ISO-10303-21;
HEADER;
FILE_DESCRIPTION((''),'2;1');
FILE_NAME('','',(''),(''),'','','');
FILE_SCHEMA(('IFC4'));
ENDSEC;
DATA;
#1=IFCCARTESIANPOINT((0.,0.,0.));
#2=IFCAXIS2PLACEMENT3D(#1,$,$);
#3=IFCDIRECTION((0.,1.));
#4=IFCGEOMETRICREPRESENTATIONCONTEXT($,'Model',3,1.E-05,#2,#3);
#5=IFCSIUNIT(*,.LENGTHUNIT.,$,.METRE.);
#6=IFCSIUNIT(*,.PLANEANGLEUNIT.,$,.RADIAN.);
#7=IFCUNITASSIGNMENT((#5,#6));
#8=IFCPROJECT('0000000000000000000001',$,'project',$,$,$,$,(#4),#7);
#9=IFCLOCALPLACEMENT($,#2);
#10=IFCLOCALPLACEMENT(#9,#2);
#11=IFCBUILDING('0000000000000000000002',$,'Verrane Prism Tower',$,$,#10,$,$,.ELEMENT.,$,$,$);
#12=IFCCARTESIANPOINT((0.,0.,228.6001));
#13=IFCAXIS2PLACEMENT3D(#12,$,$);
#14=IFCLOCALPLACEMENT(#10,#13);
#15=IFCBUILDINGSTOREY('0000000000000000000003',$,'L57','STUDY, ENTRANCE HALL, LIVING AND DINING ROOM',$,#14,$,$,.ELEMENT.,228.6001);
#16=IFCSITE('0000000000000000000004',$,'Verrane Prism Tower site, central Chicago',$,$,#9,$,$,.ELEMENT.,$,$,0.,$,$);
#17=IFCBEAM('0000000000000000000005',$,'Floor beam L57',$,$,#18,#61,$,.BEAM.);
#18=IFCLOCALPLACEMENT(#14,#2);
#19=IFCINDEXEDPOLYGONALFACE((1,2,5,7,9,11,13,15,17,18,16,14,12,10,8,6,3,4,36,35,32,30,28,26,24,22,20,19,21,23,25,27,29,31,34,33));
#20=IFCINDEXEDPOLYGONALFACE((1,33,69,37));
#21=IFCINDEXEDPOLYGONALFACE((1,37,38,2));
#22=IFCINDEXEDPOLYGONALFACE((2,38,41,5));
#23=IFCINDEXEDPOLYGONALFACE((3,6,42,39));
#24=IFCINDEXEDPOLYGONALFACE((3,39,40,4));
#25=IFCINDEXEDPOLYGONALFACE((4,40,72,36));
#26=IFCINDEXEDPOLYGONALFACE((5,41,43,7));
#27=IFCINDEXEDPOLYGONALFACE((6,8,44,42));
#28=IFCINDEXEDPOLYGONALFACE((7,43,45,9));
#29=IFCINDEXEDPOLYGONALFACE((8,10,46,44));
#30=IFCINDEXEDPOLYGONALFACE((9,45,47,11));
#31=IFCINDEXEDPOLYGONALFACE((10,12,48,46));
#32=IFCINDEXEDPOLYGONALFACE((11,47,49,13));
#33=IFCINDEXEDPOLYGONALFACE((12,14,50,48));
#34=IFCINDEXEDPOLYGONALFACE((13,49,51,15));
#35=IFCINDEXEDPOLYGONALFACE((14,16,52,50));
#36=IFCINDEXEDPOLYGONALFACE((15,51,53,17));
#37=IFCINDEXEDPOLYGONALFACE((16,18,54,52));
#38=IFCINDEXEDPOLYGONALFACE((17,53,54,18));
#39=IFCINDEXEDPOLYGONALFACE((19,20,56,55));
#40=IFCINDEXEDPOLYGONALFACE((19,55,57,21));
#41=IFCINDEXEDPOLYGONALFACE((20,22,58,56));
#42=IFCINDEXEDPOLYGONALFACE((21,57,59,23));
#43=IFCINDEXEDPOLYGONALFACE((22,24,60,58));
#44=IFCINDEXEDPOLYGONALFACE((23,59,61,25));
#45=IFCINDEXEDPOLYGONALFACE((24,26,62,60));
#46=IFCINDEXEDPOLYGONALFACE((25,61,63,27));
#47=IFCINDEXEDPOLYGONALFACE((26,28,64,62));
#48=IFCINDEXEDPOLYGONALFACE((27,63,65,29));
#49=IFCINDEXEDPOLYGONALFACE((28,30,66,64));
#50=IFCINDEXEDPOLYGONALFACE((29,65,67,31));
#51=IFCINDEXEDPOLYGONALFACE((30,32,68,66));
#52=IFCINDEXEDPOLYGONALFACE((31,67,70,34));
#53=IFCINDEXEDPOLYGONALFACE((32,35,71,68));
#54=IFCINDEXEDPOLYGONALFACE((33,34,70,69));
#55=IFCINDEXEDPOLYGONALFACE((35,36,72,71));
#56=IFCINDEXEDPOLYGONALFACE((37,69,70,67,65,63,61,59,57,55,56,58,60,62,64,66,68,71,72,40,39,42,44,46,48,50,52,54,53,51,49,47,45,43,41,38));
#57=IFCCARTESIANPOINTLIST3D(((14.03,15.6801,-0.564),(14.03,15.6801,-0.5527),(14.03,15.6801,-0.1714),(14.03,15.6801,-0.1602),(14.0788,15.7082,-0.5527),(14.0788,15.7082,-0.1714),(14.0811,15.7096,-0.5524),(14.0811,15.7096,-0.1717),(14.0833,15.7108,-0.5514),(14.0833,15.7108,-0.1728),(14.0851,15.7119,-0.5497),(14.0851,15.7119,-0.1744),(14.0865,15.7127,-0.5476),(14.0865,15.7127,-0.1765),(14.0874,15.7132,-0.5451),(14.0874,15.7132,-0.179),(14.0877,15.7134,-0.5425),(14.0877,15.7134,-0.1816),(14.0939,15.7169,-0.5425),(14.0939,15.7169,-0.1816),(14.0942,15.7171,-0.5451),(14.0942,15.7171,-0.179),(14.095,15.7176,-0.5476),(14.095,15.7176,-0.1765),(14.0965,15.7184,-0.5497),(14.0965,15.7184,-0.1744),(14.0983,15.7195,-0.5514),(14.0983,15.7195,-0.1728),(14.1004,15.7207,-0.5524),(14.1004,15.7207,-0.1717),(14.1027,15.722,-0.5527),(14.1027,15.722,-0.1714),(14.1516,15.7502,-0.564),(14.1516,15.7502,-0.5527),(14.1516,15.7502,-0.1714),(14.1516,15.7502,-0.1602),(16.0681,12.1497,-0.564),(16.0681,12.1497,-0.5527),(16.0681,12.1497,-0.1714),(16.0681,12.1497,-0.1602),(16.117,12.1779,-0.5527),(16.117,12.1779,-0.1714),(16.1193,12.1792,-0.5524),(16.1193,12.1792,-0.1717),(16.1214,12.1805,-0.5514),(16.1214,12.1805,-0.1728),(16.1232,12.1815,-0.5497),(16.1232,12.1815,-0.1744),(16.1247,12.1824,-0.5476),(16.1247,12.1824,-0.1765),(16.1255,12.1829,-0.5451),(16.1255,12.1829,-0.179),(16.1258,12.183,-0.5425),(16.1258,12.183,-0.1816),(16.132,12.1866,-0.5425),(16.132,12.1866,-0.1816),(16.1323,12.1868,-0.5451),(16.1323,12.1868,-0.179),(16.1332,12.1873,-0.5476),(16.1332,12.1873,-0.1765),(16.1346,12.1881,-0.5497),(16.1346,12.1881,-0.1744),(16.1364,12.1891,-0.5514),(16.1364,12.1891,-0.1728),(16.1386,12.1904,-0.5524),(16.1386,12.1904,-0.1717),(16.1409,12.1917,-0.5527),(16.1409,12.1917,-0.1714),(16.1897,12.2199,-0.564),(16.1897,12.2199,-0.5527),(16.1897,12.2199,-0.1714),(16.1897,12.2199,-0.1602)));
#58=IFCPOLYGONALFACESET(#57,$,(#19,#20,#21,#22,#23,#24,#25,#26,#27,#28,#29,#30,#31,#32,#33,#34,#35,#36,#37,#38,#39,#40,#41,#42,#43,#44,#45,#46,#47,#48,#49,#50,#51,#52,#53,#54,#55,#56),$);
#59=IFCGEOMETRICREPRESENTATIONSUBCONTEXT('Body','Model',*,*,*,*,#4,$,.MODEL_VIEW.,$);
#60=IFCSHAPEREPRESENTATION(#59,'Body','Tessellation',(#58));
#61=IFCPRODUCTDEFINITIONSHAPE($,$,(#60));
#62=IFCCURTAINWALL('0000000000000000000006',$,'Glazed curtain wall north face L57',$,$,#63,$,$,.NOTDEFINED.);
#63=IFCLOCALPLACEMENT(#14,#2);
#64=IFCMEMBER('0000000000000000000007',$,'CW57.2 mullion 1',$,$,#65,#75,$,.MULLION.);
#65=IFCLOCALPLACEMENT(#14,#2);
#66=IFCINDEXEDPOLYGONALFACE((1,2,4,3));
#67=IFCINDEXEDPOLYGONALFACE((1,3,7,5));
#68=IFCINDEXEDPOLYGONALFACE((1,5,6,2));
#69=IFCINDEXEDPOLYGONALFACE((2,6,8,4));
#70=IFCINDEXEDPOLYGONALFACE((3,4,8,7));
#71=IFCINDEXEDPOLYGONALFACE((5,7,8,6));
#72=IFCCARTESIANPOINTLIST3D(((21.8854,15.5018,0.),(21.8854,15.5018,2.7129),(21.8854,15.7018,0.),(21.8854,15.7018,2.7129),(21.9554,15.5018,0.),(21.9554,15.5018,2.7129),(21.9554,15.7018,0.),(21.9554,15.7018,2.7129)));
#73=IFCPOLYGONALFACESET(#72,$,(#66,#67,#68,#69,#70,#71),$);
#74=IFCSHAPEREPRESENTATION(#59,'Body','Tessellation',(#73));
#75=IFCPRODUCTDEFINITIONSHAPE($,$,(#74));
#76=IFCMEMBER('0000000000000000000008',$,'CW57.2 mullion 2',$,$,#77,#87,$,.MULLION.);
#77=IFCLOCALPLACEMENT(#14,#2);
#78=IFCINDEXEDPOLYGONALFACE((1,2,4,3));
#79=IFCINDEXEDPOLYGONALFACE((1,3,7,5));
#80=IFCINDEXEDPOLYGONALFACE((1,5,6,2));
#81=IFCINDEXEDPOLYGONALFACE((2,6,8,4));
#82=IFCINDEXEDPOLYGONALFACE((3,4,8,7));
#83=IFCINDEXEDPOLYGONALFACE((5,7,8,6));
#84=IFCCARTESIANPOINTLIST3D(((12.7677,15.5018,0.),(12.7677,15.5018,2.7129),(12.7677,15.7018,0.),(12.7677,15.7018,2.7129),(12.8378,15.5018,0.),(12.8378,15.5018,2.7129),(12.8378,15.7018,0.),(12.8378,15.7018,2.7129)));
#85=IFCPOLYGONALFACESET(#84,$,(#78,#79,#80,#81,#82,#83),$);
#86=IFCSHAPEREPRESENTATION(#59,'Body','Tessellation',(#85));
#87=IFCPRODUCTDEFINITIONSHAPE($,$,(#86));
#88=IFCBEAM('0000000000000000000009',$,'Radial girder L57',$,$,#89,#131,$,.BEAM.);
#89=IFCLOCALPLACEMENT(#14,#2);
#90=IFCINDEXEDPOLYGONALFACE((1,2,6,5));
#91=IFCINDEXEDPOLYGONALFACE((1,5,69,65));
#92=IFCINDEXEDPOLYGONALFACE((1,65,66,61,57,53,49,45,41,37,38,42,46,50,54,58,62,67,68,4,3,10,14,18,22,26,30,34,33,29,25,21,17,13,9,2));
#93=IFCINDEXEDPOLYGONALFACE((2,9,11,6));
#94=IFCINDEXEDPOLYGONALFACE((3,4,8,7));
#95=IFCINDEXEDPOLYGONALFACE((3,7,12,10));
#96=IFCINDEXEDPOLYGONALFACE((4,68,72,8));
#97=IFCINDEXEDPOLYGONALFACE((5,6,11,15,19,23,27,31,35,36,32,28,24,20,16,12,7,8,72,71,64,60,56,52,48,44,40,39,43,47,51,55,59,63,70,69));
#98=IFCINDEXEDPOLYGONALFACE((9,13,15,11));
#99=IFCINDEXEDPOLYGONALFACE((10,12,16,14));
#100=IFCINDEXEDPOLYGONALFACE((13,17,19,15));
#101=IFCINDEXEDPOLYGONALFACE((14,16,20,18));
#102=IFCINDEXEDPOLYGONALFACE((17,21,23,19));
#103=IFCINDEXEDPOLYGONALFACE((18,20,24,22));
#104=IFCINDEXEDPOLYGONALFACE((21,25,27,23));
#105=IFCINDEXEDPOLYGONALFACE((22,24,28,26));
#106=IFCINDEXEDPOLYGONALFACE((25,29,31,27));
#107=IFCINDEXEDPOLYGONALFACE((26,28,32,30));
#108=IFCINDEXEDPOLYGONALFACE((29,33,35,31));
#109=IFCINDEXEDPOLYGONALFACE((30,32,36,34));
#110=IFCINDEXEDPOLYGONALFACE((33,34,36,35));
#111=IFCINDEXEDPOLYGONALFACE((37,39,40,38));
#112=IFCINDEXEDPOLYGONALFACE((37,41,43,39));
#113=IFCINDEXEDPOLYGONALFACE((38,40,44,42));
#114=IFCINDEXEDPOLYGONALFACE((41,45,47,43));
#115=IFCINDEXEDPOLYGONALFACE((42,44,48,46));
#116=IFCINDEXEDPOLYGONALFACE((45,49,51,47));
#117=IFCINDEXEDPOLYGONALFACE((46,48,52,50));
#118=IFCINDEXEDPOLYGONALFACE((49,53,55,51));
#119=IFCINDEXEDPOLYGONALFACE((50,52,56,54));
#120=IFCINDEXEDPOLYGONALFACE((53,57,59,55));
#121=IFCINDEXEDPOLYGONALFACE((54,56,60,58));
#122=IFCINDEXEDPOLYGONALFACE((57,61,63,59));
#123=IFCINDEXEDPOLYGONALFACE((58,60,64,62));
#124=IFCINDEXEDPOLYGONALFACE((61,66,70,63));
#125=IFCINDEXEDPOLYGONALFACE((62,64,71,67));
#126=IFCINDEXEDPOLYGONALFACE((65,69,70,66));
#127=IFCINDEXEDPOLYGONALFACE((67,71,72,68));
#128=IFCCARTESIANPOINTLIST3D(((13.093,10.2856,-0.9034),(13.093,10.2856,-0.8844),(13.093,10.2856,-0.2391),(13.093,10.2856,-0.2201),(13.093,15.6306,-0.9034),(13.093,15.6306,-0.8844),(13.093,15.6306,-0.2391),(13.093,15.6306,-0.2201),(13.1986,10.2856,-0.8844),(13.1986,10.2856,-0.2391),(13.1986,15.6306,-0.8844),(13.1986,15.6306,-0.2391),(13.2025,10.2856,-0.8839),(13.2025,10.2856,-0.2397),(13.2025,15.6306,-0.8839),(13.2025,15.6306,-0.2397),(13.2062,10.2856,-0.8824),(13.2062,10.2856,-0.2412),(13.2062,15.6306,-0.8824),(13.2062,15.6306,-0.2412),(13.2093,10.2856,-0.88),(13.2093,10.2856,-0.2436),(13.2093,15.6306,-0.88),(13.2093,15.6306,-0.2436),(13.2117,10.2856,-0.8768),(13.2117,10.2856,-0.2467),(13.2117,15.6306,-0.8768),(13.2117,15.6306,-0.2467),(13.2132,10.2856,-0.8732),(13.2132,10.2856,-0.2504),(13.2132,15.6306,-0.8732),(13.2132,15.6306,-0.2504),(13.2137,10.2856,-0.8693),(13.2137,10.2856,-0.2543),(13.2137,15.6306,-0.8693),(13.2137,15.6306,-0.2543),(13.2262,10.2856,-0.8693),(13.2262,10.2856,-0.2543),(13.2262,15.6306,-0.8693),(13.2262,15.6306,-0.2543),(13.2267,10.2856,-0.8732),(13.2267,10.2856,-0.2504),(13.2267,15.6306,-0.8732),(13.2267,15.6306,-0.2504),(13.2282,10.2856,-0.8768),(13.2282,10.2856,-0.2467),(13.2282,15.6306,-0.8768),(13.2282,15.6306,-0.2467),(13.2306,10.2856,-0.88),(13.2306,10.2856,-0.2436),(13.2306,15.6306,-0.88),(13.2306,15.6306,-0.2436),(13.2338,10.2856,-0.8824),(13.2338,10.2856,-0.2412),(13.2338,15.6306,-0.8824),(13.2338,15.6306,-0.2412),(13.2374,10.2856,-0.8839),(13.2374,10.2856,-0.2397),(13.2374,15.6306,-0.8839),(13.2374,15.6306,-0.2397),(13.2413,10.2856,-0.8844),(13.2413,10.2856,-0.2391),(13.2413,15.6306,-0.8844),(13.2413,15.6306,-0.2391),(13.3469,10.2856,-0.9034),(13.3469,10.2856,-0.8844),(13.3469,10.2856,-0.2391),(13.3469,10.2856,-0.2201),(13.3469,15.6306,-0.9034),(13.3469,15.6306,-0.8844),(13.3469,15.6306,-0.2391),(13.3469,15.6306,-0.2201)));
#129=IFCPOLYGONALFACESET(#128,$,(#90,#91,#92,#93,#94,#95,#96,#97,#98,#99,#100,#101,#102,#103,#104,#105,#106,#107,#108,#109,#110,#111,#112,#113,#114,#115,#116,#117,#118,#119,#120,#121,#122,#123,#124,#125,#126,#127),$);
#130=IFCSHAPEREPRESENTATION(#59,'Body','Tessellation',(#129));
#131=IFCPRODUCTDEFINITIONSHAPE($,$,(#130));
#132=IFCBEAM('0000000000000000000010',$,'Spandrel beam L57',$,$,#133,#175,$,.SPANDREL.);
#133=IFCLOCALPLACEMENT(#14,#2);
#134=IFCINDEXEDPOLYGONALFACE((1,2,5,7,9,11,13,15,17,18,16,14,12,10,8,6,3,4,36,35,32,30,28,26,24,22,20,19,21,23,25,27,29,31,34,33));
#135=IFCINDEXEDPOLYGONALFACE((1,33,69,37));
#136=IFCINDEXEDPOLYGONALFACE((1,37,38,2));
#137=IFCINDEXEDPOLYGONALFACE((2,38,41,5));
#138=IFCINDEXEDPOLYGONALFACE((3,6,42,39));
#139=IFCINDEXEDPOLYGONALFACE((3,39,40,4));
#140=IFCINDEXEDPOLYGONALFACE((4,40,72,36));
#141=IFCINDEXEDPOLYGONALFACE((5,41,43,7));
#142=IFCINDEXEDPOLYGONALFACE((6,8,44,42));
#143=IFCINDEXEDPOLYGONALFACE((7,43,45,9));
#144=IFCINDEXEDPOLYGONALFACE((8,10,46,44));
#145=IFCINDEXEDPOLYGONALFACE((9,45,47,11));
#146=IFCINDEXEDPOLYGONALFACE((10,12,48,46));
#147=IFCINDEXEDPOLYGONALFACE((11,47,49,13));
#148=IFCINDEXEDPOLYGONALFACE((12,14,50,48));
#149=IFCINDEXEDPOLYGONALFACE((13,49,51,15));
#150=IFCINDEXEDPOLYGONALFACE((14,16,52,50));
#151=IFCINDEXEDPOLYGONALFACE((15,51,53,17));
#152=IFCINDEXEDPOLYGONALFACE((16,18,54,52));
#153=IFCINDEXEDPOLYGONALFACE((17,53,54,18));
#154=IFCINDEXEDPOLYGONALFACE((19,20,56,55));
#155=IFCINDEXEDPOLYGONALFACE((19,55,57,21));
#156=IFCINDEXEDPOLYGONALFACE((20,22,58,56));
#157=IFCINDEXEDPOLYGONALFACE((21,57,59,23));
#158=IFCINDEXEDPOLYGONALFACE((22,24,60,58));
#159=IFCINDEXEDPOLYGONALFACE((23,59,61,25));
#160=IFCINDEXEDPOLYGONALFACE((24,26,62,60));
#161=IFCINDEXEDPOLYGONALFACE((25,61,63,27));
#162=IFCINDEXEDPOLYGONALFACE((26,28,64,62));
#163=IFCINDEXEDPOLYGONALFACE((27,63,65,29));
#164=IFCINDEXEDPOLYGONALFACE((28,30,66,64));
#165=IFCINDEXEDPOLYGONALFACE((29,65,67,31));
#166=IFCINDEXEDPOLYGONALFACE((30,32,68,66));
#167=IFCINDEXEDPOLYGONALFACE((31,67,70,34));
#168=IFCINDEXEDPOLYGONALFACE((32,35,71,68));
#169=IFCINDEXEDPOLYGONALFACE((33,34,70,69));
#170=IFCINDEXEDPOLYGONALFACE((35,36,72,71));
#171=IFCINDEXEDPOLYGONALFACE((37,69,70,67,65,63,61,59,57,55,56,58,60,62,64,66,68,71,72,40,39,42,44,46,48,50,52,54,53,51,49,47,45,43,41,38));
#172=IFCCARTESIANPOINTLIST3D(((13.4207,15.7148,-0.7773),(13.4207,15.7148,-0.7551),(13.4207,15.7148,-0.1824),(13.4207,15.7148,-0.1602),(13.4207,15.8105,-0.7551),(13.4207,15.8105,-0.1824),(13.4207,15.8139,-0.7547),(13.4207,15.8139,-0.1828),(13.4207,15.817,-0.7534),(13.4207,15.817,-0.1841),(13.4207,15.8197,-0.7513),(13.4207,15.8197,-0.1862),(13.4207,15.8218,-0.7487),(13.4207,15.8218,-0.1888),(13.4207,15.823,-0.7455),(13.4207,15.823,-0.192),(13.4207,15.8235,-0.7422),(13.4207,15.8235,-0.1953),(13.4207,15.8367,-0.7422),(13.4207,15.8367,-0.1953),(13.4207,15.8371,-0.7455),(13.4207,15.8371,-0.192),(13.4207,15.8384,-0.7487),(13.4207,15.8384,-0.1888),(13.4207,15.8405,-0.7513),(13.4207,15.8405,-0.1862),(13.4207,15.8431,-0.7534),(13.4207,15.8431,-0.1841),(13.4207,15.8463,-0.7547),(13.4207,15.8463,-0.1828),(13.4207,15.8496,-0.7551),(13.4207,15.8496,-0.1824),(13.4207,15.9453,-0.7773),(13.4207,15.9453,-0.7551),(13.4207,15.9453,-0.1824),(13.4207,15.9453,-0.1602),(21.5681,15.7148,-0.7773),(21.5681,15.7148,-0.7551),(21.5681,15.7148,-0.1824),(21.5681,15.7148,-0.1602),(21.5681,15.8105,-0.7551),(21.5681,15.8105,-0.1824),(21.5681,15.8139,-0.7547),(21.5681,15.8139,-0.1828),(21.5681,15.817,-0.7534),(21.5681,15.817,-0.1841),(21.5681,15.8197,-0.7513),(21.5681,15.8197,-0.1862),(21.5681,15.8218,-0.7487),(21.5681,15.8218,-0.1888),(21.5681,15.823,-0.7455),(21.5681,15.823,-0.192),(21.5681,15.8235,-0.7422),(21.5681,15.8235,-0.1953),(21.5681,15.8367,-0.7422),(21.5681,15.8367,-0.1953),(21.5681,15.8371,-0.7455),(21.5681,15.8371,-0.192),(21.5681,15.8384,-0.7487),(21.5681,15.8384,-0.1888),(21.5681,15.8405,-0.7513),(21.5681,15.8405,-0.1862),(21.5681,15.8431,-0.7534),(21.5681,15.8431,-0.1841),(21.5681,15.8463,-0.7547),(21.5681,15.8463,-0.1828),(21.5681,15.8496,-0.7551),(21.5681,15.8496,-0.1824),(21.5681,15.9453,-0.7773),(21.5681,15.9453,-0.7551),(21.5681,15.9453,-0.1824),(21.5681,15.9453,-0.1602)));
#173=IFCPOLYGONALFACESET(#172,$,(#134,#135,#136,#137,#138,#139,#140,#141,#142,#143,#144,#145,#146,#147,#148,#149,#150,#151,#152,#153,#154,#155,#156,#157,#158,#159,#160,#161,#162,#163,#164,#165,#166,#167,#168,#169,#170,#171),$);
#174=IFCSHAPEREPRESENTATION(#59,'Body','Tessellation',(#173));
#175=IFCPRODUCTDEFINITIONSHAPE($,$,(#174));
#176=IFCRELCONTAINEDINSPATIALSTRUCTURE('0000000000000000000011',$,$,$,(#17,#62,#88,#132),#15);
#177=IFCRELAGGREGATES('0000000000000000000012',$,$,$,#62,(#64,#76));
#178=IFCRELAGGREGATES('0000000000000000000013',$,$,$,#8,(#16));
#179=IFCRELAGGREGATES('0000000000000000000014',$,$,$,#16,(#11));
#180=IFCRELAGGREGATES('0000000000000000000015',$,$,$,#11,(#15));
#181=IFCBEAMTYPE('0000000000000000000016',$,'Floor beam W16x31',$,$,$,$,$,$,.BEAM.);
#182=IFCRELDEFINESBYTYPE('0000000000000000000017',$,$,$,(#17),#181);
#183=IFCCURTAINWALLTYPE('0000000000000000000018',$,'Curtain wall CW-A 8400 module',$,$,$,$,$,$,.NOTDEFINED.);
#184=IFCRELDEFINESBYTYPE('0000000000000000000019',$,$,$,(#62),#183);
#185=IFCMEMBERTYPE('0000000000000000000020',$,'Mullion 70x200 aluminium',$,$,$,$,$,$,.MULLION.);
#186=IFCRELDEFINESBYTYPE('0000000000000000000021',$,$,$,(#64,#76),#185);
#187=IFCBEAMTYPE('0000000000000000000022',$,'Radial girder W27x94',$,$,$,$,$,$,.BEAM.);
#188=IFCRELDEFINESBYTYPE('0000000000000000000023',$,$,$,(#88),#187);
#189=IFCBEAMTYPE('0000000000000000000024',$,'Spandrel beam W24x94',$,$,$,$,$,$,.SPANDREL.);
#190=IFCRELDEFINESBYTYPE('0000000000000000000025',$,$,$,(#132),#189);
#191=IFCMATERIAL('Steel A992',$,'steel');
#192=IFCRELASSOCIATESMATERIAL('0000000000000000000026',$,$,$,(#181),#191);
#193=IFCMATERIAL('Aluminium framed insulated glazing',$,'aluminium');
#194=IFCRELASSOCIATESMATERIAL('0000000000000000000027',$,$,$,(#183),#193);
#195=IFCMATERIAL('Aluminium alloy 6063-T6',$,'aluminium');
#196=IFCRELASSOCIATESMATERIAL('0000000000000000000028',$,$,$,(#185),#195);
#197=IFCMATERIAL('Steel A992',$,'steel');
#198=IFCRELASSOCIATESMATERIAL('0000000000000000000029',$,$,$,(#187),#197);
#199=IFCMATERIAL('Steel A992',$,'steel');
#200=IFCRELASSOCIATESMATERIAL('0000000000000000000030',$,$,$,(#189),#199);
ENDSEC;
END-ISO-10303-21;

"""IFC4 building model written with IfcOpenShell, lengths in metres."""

from ifc_helpers import new_model, si_unit, direction, frame, origin, origin_2d, place, context, subcontext, project, spatial, rectangle, i_section, extrude, material, material_profile, profile_set, type_object, element, aggregate, save


model = new_model("IFC4")

# Units and contexts
model_context = context("Model", 3, precision=1e-05, world=origin(), true_north=direction((0.0, 1.0)))
body_context = subcontext(model_context, "Body", "Model", "MODEL_VIEW")
ifc_project = project(units=[si_unit("LENGTHUNIT", "METRE"), si_unit("PLANEANGLEUNIT", "RADIAN")], contexts=[model_context])

# Site, building, storey
site_placement = place(None, origin())
site = spatial("IfcSite", under=ifc_project, at=site_placement, Name="Verrane Prism Tower site, central Chicago", CompositionType="ELEMENT", RefElevation=0.0)
building_placement = place(site_placement, origin())
building = spatial("IfcBuilding", under=site, at=building_placement, Name="Verrane Prism Tower", CompositionType="ELEMENT")
storey_placement = place(building_placement, frame((0.0, 0.0, 228.6001)))
storey = spatial("IfcBuildingStorey", under=building, at=storey_placement, Name="L57", Description="STUDY, ENTRANCE HALL, LIVING AND DINING ROOM", CompositionType="ELEMENT", Elevation=228.6001)

# Beam
ifc_material_1 = material(Name="Steel A992", Category="steel")
ifc_material_profile_1 = material_profile(ifc_material_1, i_section(OverallWidth=0.1404, OverallDepth=0.4038, WebThickness=0.0071, FlangeThickness=0.0112, FilletRadius=0.0103, at=origin_2d()), Name="W16x31")
ifc_profile_set_1 = profile_set([ifc_material_profile_1], Name="Steel A992")
beam_type_1 = type_object("IfcBeamType", Name="Floor beam W16x31", PredefinedType="BEAM", material=ifc_profile_set_1)
beam_1_placement = place(storey_placement, frame((16.1289, 12.1848, -0.3621), z_axis=(-0.499978, 0.866038, 0.0), x_axis=(-0.866038, -0.499978, 0.0)))
element("IfcBeam", 1, at=beam_1_placement, inside=storey, type_object=beam_type_1, Name="Floor beam L57", PredefinedType="BEAM", context=body_context, shape_type="SweptSolid", body=[
    extrude(i_section(OverallWidth=0.1404, OverallDepth=0.4038, WebThickness=0.0071, FlangeThickness=0.0112, FilletRadius=0.0103, at=origin_2d()), origin(), (0.0, 0.0, 1.0), 4.0764),
])

# Curtain wall, members
ifc_material_2 = material(Name="Aluminium framed insulated glazing", Category="aluminium")
curtain_wall_type = type_object("IfcCurtainWallType", Name="Curtain wall CW-A 8400 module", PredefinedType="NOTDEFINED", material=ifc_material_2)
curtain_wall_1_placement = place(storey_placement, origin())
curtain_wall_1 = element("IfcCurtainWall", 2, at=curtain_wall_1_placement, inside=storey, type_object=curtain_wall_type, Name="Glazed curtain wall north face L57", PredefinedType="NOTDEFINED")
ifc_material_3 = material(Name="Aluminium alloy 6063-T6", Category="aluminium")
ifc_material_profile_2 = material_profile(ifc_material_3, rectangle(XDim=0.2, YDim=0.0701, at=origin_2d()), Name="Mullion 70x200 aluminium")
ifc_profile_set_2 = profile_set([ifc_material_profile_2], Name="Aluminium alloy 6063-T6")
member_type_1 = type_object("IfcMemberType", Name="Mullion 70x200 aluminium", PredefinedType="MULLION", material=ifc_profile_set_2)
member_1_placement = place(storey_placement, frame((21.9204, 15.6018, 0.0), z_axis=(0.0, 0.0, 1.0), x_axis=(0.0, -1.0, 0.0)))
member_1 = element("IfcMember", 3, at=member_1_placement, type_object=member_type_1, Name="CW57.2 mullion 1", PredefinedType="MULLION", context=body_context, shape_type="SweptSolid", body=[
    extrude(rectangle(XDim=0.2, YDim=0.0701, at=origin_2d()), origin(), (0.0, 0.0, 1.0), 2.7129),
])
member_2_placement = place(storey_placement, frame((12.8027, 15.6018, 0.0), z_axis=(0.0, 0.0, 1.0), x_axis=(0.0, -1.0, 0.0)))
member_2 = element("IfcMember", 4, at=member_2_placement, type_object=member_type_1, Name="CW57.2 mullion 2", PredefinedType="MULLION", context=body_context, shape_type="SweptSolid", body=[
    extrude(rectangle(XDim=0.2, YDim=0.0701, at=origin_2d()), origin(), (0.0, 0.0, 1.0), 2.7129),
])

# Beams
ifc_material_4 = material(Name="Steel A992", Category="steel")
ifc_material_profile_3 = material_profile(ifc_material_4, i_section(OverallWidth=0.2539, OverallDepth=0.6833, WebThickness=0.0125, FlangeThickness=0.019, FilletRadius=0.0151, at=origin_2d()), Name="W27x94")
ifc_profile_set_3 = profile_set([ifc_material_profile_3], Name="Steel A992")
beam_type_2 = type_object("IfcBeamType", Name="Radial girder W27x94", PredefinedType="BEAM", material=ifc_profile_set_3)
beam_2_placement = place(storey_placement, frame((13.22, 15.6306, -0.5618), z_axis=(0.0, -1.0, 0.0), x_axis=(1.0, 0.0, 0.0)))
element("IfcBeam", 5, at=beam_2_placement, inside=storey, type_object=beam_type_2, Name="Radial girder L57", PredefinedType="BEAM", context=body_context, shape_type="SweptSolid", body=[
    extrude(i_section(OverallWidth=0.2539, OverallDepth=0.6833, WebThickness=0.0125, FlangeThickness=0.019, FilletRadius=0.0151, at=origin_2d()), origin(), (0.0, 0.0, 1.0), 5.345),
])
ifc_material_5 = material(Name="Steel A992", Category="steel")
ifc_material_profile_4 = material_profile(ifc_material_5, i_section(OverallWidth=0.2305, OverallDepth=0.6172, WebThickness=0.0132, FlangeThickness=0.0222, FilletRadius=0.0129, at=origin_2d()), Name="W24x94")
ifc_profile_set_4 = profile_set([ifc_material_profile_4], Name="Steel A992")
beam_type_3 = type_object("IfcBeamType", Name="Spandrel beam W24x94", PredefinedType="SPANDREL", material=ifc_profile_set_4)
beam_3_placement = place(storey_placement, frame((21.5681, 15.8301, -0.4688), z_axis=(-1.0, 0.0, 0.0), x_axis=(0.0, -1.0, 0.0)))
element("IfcBeam", 6, at=beam_3_placement, inside=storey, type_object=beam_type_3, Name="Spandrel beam L57", PredefinedType="SPANDREL", context=body_context, shape_type="SweptSolid", body=[
    extrude(i_section(OverallWidth=0.2305, OverallDepth=0.6172, WebThickness=0.0132, FlangeThickness=0.0222, FilletRadius=0.0129, at=origin_2d()), origin(), (0.0, 0.0, 1.0), 8.1475),
])

aggregate(curtain_wall_1, [member_1, member_2])

save(model, "model.ifc")
